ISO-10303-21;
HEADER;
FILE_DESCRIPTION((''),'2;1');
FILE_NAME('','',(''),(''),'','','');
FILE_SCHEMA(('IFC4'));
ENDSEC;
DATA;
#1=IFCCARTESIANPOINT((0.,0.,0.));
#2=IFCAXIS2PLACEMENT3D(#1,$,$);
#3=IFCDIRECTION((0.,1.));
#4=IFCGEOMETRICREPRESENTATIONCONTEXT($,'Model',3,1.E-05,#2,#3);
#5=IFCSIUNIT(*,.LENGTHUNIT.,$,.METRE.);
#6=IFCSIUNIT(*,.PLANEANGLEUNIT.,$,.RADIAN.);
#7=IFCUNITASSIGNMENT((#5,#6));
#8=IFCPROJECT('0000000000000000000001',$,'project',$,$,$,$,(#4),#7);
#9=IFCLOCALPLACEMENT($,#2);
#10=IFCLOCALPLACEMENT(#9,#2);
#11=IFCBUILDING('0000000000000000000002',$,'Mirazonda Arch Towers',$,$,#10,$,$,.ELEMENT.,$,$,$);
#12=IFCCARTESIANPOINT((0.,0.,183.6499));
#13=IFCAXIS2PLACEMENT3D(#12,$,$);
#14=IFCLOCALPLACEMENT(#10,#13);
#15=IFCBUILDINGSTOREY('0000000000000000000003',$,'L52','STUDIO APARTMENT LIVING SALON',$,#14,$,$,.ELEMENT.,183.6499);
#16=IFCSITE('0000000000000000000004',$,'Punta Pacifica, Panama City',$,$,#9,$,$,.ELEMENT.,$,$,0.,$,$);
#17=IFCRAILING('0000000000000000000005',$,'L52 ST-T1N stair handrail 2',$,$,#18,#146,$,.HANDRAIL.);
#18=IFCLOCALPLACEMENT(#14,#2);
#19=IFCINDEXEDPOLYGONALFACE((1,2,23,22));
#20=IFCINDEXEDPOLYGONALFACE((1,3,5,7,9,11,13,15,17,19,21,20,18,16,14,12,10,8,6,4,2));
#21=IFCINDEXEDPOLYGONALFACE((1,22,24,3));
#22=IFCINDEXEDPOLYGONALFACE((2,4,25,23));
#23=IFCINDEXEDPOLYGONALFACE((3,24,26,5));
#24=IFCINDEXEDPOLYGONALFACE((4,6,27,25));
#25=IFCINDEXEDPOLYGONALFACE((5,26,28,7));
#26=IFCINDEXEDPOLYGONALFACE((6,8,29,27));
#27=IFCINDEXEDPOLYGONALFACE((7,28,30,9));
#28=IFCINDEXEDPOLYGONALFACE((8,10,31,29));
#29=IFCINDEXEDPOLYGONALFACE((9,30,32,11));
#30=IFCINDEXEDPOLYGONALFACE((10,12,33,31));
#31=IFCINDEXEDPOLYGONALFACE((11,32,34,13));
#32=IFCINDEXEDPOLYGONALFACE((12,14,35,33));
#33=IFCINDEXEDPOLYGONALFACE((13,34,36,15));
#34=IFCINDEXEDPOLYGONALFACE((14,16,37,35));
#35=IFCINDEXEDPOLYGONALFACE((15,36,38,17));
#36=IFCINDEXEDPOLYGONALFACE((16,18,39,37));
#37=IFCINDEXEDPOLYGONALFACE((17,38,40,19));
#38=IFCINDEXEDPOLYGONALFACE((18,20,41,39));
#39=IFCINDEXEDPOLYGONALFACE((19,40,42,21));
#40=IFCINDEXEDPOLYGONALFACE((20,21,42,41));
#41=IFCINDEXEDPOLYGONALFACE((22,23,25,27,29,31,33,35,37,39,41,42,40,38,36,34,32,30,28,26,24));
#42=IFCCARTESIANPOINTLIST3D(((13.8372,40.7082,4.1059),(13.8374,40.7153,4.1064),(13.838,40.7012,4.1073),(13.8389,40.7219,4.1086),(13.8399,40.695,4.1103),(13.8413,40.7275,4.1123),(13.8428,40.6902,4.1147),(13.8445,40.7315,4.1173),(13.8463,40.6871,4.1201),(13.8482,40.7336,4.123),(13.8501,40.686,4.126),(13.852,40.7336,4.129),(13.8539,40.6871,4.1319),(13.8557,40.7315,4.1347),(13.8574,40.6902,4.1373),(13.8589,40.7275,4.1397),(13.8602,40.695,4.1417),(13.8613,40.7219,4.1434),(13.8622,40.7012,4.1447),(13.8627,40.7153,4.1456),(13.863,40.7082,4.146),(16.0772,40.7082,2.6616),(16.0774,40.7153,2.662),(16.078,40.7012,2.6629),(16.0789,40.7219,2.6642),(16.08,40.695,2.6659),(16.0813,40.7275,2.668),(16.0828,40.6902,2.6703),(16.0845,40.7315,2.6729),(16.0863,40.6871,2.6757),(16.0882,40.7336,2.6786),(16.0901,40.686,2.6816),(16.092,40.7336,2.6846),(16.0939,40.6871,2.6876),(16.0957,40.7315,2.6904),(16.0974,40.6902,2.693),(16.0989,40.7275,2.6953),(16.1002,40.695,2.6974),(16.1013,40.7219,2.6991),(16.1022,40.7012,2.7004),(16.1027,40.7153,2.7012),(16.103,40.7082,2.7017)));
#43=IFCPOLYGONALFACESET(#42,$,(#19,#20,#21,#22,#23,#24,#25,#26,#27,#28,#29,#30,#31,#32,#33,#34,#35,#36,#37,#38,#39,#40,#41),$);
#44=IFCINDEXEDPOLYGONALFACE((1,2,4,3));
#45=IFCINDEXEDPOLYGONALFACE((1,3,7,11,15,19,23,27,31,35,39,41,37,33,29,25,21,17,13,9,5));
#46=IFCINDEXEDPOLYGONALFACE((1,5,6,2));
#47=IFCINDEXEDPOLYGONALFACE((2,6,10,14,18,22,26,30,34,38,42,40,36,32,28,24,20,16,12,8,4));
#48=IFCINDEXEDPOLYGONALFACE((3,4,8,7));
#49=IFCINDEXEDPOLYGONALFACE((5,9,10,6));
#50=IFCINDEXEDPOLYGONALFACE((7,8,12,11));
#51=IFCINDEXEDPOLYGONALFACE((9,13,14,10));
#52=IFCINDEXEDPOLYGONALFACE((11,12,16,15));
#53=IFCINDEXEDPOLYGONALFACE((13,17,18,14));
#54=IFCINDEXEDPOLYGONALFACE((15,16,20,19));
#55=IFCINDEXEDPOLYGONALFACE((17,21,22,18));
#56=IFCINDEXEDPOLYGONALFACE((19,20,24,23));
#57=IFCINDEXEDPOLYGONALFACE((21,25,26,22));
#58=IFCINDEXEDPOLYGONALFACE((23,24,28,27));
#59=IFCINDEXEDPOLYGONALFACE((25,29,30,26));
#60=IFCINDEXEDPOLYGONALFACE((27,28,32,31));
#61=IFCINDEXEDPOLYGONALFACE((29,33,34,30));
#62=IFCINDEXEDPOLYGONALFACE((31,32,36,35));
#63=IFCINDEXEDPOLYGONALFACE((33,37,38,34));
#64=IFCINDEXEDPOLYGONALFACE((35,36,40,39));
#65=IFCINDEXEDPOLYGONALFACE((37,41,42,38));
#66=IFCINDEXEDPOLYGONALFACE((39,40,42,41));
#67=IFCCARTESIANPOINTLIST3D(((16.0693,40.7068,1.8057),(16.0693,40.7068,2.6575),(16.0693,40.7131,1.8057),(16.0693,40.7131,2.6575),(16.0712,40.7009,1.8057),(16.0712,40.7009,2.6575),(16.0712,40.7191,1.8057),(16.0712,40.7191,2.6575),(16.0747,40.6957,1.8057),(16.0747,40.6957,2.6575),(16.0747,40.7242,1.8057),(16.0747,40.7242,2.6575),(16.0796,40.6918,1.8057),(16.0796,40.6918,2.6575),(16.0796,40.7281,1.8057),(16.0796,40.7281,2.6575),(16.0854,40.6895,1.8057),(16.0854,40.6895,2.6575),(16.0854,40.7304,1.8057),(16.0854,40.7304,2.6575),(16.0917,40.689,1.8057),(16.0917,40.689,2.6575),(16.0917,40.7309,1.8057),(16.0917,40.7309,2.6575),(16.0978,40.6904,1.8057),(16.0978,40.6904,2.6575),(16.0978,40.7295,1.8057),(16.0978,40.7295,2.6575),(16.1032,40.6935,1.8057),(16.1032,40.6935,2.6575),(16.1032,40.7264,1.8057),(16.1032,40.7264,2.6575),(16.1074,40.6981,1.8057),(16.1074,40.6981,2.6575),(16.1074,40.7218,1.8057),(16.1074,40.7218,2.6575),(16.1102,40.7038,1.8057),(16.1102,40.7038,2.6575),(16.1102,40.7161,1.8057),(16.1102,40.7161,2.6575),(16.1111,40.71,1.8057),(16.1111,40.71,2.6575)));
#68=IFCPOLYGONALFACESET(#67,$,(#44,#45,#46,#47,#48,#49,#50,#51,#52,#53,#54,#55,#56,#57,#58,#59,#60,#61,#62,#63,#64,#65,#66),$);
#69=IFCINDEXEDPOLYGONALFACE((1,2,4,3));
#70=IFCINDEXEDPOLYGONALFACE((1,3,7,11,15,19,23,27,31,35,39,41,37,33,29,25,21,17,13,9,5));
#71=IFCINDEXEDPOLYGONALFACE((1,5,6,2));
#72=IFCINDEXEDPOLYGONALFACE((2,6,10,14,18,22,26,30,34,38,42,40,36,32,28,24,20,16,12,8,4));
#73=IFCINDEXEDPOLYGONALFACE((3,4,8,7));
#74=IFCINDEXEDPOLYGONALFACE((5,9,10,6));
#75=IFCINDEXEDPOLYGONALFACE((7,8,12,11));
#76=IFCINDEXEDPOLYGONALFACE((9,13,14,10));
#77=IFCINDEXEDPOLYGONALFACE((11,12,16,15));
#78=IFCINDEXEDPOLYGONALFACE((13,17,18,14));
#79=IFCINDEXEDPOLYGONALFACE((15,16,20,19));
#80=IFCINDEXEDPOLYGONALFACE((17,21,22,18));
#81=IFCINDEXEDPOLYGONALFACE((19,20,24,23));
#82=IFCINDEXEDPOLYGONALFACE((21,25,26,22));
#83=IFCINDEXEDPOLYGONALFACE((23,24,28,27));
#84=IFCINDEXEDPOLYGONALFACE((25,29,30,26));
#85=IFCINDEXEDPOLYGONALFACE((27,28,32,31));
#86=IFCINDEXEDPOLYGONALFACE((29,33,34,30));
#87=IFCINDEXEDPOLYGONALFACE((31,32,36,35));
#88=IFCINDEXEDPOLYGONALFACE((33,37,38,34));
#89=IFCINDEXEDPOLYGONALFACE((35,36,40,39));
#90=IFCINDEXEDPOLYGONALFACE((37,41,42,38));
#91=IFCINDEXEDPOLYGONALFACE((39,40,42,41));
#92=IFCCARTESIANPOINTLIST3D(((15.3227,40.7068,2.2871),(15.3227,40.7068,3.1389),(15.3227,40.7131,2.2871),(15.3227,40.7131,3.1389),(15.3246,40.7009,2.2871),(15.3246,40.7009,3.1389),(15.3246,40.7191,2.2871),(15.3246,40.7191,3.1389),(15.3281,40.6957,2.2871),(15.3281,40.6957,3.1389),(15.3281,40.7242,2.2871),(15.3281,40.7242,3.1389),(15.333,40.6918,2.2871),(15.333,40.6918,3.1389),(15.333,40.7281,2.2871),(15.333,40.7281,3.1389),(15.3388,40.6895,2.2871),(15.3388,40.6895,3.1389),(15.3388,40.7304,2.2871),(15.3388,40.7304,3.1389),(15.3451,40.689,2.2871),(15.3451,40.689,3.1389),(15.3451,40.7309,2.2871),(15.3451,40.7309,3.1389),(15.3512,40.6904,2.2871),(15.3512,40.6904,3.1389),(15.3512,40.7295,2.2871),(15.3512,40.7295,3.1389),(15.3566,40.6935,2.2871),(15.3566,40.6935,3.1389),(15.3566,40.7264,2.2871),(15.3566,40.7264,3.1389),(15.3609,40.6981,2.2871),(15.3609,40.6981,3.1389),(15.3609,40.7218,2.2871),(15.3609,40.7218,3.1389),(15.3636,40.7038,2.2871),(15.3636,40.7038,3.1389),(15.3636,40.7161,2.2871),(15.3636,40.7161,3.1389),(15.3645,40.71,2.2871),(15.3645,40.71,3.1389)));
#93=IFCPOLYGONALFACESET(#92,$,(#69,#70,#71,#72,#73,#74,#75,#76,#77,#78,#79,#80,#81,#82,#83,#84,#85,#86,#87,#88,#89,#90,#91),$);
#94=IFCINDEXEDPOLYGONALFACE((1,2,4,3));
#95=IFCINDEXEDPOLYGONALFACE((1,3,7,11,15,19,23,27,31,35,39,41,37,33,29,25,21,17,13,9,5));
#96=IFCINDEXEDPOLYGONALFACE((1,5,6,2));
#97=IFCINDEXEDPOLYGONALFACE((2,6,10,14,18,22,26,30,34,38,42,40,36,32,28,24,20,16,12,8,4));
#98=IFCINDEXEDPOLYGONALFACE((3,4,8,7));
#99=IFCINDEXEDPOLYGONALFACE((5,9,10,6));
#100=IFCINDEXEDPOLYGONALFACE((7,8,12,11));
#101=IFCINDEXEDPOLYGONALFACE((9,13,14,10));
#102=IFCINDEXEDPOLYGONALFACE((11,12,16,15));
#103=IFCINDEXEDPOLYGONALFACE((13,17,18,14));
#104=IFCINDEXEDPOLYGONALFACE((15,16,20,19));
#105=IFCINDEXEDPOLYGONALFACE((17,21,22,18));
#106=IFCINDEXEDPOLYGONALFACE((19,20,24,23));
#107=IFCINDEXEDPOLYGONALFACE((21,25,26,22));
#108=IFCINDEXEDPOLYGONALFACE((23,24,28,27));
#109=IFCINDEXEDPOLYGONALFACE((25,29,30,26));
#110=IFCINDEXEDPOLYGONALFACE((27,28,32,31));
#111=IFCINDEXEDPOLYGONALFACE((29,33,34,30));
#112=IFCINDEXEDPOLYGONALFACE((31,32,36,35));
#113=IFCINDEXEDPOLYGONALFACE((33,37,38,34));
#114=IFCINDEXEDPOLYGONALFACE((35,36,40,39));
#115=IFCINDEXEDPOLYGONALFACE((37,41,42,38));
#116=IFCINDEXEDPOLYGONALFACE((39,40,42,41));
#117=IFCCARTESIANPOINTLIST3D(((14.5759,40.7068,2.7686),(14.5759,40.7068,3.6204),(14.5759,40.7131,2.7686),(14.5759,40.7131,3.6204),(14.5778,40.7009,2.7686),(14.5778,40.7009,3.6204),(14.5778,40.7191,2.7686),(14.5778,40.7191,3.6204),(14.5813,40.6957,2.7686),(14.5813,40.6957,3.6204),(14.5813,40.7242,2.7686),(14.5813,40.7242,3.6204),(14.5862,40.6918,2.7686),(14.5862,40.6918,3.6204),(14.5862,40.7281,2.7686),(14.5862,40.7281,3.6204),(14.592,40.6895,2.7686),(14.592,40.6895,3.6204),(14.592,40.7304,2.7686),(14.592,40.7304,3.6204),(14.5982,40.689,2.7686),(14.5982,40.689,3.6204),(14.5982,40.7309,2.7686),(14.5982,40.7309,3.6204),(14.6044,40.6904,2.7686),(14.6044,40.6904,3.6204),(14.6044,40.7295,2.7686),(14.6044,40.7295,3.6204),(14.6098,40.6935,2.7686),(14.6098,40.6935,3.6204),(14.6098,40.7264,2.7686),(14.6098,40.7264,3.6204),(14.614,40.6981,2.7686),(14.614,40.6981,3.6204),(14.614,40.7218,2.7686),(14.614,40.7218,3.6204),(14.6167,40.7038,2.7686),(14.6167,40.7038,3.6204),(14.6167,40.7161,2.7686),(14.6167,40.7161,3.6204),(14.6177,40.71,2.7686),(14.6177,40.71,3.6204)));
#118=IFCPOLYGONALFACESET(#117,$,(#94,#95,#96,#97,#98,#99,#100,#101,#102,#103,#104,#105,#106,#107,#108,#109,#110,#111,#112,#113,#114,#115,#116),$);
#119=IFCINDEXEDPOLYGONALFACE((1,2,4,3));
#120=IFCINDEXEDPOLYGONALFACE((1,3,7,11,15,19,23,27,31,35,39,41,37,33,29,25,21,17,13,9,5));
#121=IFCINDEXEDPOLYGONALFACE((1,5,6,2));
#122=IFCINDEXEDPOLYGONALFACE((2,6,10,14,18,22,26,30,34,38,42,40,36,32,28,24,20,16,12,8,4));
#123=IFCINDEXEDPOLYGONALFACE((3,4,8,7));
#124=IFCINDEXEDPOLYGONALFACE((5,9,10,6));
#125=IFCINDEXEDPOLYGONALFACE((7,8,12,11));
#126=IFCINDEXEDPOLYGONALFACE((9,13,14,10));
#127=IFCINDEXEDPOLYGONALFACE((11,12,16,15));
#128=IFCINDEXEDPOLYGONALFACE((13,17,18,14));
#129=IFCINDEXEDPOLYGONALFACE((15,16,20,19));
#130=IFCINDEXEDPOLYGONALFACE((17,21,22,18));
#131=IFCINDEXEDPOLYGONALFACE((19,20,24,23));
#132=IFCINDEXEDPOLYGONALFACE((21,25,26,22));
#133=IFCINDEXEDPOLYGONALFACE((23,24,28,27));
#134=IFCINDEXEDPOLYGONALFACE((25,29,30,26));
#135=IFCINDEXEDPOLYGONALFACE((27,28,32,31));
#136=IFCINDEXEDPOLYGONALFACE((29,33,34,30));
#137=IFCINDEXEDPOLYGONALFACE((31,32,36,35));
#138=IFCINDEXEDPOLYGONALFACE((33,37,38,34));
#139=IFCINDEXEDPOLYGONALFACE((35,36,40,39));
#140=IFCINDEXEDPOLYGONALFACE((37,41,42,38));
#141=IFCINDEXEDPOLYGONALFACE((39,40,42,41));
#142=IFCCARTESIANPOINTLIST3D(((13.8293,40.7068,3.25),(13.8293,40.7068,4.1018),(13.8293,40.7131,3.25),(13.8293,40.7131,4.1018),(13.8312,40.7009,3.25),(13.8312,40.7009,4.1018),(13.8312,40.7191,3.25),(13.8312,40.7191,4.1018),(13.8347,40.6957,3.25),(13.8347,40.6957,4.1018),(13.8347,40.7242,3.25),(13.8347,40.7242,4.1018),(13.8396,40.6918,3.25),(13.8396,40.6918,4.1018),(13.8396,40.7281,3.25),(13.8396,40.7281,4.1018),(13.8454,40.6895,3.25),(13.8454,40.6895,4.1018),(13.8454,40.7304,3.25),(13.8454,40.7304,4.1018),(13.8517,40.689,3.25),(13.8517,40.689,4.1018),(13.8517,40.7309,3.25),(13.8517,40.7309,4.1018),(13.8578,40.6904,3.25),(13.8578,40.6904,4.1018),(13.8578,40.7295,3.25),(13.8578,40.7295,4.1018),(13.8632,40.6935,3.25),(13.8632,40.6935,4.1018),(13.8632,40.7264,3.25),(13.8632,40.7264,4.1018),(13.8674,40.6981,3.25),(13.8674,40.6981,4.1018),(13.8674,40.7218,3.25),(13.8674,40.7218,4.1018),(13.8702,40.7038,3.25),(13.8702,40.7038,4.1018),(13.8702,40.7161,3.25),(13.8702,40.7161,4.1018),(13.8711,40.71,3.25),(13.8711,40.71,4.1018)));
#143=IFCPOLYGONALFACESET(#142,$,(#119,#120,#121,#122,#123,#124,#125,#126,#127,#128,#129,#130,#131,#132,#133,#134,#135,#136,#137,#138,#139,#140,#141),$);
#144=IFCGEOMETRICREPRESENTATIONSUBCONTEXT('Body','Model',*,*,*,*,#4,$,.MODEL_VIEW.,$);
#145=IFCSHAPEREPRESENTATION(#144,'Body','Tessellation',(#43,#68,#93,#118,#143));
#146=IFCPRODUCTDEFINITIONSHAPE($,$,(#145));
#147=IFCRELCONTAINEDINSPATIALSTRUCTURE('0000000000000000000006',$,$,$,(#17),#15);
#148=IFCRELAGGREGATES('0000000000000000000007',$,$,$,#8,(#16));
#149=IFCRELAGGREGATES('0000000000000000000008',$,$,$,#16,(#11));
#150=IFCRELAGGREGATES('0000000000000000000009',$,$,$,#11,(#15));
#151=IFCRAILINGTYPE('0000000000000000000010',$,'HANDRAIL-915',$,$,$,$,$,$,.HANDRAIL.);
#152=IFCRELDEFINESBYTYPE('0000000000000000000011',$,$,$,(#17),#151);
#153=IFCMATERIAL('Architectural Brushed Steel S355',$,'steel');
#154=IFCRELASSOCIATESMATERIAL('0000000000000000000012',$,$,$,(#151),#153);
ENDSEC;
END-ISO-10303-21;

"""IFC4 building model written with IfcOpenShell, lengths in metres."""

from ifc_helpers import new_model, si_unit, direction, frame, origin, origin_2d, place, context, subcontext, project, spatial, circle, extrude, material, type_object, element, save


model = new_model("IFC4")

# Units and contexts
model_context = context("Model", 3, precision=1e-05, world=origin(), true_north=direction((0.0, 1.0)))
body_context = subcontext(model_context, "Body", "Model", "MODEL_VIEW")
ifc_project = project(units=[si_unit("LENGTHUNIT", "METRE"), si_unit("PLANEANGLEUNIT", "RADIAN")], contexts=[model_context])

# Site, building, storey
site_placement = place(None, origin())
site = spatial("IfcSite", under=ifc_project, at=site_placement, Name="Punta Pacifica, Panama City", CompositionType="ELEMENT", RefElevation=0.0)
building_placement = place(site_placement, origin())
building = spatial("IfcBuilding", under=site, at=building_placement, Name="Mirazonda Arch Towers", CompositionType="ELEMENT")
storey_placement = place(building_placement, frame((0.0, 0.0, 183.6499)))
storey = spatial("IfcBuildingStorey", under=building, at=storey_placement, Name="L52", Description="STUDIO APARTMENT LIVING SALON", CompositionType="ELEMENT", Elevation=183.6499)

# Railing
ifc_material_1 = material(Name="Architectural Brushed Steel S355", Category="steel")
railing_type_1 = type_object("IfcRailingType", Name="HANDRAIL-915", PredefinedType="HANDRAIL", material=ifc_material_1)
railing_1_placement = place(storey_placement, frame((16.0901, 40.71, 1.8057)))
element("IfcRailing", 1, at=railing_1_placement, inside=storey, type_object=railing_type_1, Name="L52 ST-T1N stair handrail 2", PredefinedType="HANDRAIL", context=body_context, shape_type="SweptSolid", body=[
    extrude(circle(Radius=0.0239, at=origin_2d()), frame((0.0, 0.0, 0.876), z_axis=(-0.840437, 0.0, 0.54191), x_axis=(0.0, -1.0, 0.0)), (0.0, 0.0, 1.0), 2.6653),
    extrude(circle(Radius=0.021, at=origin_2d()), origin(), (0.0, 0.0, 1.0), 0.8518),
    extrude(circle(Radius=0.021, at=origin_2d()), frame((-0.7466, 0.0, 0.4814)), (0.0, 0.0, 1.0), 0.8518),
    extrude(circle(Radius=0.021, at=origin_2d()), frame((-1.4934, 0.0, 0.9629)), (0.0, 0.0, 1.0), 0.8518),
    extrude(circle(Radius=0.021, at=origin_2d()), frame((-2.24, 0.0, 1.4443)), (0.0, 0.0, 1.0), 0.8518),
])

save(model, "model.ifc")
